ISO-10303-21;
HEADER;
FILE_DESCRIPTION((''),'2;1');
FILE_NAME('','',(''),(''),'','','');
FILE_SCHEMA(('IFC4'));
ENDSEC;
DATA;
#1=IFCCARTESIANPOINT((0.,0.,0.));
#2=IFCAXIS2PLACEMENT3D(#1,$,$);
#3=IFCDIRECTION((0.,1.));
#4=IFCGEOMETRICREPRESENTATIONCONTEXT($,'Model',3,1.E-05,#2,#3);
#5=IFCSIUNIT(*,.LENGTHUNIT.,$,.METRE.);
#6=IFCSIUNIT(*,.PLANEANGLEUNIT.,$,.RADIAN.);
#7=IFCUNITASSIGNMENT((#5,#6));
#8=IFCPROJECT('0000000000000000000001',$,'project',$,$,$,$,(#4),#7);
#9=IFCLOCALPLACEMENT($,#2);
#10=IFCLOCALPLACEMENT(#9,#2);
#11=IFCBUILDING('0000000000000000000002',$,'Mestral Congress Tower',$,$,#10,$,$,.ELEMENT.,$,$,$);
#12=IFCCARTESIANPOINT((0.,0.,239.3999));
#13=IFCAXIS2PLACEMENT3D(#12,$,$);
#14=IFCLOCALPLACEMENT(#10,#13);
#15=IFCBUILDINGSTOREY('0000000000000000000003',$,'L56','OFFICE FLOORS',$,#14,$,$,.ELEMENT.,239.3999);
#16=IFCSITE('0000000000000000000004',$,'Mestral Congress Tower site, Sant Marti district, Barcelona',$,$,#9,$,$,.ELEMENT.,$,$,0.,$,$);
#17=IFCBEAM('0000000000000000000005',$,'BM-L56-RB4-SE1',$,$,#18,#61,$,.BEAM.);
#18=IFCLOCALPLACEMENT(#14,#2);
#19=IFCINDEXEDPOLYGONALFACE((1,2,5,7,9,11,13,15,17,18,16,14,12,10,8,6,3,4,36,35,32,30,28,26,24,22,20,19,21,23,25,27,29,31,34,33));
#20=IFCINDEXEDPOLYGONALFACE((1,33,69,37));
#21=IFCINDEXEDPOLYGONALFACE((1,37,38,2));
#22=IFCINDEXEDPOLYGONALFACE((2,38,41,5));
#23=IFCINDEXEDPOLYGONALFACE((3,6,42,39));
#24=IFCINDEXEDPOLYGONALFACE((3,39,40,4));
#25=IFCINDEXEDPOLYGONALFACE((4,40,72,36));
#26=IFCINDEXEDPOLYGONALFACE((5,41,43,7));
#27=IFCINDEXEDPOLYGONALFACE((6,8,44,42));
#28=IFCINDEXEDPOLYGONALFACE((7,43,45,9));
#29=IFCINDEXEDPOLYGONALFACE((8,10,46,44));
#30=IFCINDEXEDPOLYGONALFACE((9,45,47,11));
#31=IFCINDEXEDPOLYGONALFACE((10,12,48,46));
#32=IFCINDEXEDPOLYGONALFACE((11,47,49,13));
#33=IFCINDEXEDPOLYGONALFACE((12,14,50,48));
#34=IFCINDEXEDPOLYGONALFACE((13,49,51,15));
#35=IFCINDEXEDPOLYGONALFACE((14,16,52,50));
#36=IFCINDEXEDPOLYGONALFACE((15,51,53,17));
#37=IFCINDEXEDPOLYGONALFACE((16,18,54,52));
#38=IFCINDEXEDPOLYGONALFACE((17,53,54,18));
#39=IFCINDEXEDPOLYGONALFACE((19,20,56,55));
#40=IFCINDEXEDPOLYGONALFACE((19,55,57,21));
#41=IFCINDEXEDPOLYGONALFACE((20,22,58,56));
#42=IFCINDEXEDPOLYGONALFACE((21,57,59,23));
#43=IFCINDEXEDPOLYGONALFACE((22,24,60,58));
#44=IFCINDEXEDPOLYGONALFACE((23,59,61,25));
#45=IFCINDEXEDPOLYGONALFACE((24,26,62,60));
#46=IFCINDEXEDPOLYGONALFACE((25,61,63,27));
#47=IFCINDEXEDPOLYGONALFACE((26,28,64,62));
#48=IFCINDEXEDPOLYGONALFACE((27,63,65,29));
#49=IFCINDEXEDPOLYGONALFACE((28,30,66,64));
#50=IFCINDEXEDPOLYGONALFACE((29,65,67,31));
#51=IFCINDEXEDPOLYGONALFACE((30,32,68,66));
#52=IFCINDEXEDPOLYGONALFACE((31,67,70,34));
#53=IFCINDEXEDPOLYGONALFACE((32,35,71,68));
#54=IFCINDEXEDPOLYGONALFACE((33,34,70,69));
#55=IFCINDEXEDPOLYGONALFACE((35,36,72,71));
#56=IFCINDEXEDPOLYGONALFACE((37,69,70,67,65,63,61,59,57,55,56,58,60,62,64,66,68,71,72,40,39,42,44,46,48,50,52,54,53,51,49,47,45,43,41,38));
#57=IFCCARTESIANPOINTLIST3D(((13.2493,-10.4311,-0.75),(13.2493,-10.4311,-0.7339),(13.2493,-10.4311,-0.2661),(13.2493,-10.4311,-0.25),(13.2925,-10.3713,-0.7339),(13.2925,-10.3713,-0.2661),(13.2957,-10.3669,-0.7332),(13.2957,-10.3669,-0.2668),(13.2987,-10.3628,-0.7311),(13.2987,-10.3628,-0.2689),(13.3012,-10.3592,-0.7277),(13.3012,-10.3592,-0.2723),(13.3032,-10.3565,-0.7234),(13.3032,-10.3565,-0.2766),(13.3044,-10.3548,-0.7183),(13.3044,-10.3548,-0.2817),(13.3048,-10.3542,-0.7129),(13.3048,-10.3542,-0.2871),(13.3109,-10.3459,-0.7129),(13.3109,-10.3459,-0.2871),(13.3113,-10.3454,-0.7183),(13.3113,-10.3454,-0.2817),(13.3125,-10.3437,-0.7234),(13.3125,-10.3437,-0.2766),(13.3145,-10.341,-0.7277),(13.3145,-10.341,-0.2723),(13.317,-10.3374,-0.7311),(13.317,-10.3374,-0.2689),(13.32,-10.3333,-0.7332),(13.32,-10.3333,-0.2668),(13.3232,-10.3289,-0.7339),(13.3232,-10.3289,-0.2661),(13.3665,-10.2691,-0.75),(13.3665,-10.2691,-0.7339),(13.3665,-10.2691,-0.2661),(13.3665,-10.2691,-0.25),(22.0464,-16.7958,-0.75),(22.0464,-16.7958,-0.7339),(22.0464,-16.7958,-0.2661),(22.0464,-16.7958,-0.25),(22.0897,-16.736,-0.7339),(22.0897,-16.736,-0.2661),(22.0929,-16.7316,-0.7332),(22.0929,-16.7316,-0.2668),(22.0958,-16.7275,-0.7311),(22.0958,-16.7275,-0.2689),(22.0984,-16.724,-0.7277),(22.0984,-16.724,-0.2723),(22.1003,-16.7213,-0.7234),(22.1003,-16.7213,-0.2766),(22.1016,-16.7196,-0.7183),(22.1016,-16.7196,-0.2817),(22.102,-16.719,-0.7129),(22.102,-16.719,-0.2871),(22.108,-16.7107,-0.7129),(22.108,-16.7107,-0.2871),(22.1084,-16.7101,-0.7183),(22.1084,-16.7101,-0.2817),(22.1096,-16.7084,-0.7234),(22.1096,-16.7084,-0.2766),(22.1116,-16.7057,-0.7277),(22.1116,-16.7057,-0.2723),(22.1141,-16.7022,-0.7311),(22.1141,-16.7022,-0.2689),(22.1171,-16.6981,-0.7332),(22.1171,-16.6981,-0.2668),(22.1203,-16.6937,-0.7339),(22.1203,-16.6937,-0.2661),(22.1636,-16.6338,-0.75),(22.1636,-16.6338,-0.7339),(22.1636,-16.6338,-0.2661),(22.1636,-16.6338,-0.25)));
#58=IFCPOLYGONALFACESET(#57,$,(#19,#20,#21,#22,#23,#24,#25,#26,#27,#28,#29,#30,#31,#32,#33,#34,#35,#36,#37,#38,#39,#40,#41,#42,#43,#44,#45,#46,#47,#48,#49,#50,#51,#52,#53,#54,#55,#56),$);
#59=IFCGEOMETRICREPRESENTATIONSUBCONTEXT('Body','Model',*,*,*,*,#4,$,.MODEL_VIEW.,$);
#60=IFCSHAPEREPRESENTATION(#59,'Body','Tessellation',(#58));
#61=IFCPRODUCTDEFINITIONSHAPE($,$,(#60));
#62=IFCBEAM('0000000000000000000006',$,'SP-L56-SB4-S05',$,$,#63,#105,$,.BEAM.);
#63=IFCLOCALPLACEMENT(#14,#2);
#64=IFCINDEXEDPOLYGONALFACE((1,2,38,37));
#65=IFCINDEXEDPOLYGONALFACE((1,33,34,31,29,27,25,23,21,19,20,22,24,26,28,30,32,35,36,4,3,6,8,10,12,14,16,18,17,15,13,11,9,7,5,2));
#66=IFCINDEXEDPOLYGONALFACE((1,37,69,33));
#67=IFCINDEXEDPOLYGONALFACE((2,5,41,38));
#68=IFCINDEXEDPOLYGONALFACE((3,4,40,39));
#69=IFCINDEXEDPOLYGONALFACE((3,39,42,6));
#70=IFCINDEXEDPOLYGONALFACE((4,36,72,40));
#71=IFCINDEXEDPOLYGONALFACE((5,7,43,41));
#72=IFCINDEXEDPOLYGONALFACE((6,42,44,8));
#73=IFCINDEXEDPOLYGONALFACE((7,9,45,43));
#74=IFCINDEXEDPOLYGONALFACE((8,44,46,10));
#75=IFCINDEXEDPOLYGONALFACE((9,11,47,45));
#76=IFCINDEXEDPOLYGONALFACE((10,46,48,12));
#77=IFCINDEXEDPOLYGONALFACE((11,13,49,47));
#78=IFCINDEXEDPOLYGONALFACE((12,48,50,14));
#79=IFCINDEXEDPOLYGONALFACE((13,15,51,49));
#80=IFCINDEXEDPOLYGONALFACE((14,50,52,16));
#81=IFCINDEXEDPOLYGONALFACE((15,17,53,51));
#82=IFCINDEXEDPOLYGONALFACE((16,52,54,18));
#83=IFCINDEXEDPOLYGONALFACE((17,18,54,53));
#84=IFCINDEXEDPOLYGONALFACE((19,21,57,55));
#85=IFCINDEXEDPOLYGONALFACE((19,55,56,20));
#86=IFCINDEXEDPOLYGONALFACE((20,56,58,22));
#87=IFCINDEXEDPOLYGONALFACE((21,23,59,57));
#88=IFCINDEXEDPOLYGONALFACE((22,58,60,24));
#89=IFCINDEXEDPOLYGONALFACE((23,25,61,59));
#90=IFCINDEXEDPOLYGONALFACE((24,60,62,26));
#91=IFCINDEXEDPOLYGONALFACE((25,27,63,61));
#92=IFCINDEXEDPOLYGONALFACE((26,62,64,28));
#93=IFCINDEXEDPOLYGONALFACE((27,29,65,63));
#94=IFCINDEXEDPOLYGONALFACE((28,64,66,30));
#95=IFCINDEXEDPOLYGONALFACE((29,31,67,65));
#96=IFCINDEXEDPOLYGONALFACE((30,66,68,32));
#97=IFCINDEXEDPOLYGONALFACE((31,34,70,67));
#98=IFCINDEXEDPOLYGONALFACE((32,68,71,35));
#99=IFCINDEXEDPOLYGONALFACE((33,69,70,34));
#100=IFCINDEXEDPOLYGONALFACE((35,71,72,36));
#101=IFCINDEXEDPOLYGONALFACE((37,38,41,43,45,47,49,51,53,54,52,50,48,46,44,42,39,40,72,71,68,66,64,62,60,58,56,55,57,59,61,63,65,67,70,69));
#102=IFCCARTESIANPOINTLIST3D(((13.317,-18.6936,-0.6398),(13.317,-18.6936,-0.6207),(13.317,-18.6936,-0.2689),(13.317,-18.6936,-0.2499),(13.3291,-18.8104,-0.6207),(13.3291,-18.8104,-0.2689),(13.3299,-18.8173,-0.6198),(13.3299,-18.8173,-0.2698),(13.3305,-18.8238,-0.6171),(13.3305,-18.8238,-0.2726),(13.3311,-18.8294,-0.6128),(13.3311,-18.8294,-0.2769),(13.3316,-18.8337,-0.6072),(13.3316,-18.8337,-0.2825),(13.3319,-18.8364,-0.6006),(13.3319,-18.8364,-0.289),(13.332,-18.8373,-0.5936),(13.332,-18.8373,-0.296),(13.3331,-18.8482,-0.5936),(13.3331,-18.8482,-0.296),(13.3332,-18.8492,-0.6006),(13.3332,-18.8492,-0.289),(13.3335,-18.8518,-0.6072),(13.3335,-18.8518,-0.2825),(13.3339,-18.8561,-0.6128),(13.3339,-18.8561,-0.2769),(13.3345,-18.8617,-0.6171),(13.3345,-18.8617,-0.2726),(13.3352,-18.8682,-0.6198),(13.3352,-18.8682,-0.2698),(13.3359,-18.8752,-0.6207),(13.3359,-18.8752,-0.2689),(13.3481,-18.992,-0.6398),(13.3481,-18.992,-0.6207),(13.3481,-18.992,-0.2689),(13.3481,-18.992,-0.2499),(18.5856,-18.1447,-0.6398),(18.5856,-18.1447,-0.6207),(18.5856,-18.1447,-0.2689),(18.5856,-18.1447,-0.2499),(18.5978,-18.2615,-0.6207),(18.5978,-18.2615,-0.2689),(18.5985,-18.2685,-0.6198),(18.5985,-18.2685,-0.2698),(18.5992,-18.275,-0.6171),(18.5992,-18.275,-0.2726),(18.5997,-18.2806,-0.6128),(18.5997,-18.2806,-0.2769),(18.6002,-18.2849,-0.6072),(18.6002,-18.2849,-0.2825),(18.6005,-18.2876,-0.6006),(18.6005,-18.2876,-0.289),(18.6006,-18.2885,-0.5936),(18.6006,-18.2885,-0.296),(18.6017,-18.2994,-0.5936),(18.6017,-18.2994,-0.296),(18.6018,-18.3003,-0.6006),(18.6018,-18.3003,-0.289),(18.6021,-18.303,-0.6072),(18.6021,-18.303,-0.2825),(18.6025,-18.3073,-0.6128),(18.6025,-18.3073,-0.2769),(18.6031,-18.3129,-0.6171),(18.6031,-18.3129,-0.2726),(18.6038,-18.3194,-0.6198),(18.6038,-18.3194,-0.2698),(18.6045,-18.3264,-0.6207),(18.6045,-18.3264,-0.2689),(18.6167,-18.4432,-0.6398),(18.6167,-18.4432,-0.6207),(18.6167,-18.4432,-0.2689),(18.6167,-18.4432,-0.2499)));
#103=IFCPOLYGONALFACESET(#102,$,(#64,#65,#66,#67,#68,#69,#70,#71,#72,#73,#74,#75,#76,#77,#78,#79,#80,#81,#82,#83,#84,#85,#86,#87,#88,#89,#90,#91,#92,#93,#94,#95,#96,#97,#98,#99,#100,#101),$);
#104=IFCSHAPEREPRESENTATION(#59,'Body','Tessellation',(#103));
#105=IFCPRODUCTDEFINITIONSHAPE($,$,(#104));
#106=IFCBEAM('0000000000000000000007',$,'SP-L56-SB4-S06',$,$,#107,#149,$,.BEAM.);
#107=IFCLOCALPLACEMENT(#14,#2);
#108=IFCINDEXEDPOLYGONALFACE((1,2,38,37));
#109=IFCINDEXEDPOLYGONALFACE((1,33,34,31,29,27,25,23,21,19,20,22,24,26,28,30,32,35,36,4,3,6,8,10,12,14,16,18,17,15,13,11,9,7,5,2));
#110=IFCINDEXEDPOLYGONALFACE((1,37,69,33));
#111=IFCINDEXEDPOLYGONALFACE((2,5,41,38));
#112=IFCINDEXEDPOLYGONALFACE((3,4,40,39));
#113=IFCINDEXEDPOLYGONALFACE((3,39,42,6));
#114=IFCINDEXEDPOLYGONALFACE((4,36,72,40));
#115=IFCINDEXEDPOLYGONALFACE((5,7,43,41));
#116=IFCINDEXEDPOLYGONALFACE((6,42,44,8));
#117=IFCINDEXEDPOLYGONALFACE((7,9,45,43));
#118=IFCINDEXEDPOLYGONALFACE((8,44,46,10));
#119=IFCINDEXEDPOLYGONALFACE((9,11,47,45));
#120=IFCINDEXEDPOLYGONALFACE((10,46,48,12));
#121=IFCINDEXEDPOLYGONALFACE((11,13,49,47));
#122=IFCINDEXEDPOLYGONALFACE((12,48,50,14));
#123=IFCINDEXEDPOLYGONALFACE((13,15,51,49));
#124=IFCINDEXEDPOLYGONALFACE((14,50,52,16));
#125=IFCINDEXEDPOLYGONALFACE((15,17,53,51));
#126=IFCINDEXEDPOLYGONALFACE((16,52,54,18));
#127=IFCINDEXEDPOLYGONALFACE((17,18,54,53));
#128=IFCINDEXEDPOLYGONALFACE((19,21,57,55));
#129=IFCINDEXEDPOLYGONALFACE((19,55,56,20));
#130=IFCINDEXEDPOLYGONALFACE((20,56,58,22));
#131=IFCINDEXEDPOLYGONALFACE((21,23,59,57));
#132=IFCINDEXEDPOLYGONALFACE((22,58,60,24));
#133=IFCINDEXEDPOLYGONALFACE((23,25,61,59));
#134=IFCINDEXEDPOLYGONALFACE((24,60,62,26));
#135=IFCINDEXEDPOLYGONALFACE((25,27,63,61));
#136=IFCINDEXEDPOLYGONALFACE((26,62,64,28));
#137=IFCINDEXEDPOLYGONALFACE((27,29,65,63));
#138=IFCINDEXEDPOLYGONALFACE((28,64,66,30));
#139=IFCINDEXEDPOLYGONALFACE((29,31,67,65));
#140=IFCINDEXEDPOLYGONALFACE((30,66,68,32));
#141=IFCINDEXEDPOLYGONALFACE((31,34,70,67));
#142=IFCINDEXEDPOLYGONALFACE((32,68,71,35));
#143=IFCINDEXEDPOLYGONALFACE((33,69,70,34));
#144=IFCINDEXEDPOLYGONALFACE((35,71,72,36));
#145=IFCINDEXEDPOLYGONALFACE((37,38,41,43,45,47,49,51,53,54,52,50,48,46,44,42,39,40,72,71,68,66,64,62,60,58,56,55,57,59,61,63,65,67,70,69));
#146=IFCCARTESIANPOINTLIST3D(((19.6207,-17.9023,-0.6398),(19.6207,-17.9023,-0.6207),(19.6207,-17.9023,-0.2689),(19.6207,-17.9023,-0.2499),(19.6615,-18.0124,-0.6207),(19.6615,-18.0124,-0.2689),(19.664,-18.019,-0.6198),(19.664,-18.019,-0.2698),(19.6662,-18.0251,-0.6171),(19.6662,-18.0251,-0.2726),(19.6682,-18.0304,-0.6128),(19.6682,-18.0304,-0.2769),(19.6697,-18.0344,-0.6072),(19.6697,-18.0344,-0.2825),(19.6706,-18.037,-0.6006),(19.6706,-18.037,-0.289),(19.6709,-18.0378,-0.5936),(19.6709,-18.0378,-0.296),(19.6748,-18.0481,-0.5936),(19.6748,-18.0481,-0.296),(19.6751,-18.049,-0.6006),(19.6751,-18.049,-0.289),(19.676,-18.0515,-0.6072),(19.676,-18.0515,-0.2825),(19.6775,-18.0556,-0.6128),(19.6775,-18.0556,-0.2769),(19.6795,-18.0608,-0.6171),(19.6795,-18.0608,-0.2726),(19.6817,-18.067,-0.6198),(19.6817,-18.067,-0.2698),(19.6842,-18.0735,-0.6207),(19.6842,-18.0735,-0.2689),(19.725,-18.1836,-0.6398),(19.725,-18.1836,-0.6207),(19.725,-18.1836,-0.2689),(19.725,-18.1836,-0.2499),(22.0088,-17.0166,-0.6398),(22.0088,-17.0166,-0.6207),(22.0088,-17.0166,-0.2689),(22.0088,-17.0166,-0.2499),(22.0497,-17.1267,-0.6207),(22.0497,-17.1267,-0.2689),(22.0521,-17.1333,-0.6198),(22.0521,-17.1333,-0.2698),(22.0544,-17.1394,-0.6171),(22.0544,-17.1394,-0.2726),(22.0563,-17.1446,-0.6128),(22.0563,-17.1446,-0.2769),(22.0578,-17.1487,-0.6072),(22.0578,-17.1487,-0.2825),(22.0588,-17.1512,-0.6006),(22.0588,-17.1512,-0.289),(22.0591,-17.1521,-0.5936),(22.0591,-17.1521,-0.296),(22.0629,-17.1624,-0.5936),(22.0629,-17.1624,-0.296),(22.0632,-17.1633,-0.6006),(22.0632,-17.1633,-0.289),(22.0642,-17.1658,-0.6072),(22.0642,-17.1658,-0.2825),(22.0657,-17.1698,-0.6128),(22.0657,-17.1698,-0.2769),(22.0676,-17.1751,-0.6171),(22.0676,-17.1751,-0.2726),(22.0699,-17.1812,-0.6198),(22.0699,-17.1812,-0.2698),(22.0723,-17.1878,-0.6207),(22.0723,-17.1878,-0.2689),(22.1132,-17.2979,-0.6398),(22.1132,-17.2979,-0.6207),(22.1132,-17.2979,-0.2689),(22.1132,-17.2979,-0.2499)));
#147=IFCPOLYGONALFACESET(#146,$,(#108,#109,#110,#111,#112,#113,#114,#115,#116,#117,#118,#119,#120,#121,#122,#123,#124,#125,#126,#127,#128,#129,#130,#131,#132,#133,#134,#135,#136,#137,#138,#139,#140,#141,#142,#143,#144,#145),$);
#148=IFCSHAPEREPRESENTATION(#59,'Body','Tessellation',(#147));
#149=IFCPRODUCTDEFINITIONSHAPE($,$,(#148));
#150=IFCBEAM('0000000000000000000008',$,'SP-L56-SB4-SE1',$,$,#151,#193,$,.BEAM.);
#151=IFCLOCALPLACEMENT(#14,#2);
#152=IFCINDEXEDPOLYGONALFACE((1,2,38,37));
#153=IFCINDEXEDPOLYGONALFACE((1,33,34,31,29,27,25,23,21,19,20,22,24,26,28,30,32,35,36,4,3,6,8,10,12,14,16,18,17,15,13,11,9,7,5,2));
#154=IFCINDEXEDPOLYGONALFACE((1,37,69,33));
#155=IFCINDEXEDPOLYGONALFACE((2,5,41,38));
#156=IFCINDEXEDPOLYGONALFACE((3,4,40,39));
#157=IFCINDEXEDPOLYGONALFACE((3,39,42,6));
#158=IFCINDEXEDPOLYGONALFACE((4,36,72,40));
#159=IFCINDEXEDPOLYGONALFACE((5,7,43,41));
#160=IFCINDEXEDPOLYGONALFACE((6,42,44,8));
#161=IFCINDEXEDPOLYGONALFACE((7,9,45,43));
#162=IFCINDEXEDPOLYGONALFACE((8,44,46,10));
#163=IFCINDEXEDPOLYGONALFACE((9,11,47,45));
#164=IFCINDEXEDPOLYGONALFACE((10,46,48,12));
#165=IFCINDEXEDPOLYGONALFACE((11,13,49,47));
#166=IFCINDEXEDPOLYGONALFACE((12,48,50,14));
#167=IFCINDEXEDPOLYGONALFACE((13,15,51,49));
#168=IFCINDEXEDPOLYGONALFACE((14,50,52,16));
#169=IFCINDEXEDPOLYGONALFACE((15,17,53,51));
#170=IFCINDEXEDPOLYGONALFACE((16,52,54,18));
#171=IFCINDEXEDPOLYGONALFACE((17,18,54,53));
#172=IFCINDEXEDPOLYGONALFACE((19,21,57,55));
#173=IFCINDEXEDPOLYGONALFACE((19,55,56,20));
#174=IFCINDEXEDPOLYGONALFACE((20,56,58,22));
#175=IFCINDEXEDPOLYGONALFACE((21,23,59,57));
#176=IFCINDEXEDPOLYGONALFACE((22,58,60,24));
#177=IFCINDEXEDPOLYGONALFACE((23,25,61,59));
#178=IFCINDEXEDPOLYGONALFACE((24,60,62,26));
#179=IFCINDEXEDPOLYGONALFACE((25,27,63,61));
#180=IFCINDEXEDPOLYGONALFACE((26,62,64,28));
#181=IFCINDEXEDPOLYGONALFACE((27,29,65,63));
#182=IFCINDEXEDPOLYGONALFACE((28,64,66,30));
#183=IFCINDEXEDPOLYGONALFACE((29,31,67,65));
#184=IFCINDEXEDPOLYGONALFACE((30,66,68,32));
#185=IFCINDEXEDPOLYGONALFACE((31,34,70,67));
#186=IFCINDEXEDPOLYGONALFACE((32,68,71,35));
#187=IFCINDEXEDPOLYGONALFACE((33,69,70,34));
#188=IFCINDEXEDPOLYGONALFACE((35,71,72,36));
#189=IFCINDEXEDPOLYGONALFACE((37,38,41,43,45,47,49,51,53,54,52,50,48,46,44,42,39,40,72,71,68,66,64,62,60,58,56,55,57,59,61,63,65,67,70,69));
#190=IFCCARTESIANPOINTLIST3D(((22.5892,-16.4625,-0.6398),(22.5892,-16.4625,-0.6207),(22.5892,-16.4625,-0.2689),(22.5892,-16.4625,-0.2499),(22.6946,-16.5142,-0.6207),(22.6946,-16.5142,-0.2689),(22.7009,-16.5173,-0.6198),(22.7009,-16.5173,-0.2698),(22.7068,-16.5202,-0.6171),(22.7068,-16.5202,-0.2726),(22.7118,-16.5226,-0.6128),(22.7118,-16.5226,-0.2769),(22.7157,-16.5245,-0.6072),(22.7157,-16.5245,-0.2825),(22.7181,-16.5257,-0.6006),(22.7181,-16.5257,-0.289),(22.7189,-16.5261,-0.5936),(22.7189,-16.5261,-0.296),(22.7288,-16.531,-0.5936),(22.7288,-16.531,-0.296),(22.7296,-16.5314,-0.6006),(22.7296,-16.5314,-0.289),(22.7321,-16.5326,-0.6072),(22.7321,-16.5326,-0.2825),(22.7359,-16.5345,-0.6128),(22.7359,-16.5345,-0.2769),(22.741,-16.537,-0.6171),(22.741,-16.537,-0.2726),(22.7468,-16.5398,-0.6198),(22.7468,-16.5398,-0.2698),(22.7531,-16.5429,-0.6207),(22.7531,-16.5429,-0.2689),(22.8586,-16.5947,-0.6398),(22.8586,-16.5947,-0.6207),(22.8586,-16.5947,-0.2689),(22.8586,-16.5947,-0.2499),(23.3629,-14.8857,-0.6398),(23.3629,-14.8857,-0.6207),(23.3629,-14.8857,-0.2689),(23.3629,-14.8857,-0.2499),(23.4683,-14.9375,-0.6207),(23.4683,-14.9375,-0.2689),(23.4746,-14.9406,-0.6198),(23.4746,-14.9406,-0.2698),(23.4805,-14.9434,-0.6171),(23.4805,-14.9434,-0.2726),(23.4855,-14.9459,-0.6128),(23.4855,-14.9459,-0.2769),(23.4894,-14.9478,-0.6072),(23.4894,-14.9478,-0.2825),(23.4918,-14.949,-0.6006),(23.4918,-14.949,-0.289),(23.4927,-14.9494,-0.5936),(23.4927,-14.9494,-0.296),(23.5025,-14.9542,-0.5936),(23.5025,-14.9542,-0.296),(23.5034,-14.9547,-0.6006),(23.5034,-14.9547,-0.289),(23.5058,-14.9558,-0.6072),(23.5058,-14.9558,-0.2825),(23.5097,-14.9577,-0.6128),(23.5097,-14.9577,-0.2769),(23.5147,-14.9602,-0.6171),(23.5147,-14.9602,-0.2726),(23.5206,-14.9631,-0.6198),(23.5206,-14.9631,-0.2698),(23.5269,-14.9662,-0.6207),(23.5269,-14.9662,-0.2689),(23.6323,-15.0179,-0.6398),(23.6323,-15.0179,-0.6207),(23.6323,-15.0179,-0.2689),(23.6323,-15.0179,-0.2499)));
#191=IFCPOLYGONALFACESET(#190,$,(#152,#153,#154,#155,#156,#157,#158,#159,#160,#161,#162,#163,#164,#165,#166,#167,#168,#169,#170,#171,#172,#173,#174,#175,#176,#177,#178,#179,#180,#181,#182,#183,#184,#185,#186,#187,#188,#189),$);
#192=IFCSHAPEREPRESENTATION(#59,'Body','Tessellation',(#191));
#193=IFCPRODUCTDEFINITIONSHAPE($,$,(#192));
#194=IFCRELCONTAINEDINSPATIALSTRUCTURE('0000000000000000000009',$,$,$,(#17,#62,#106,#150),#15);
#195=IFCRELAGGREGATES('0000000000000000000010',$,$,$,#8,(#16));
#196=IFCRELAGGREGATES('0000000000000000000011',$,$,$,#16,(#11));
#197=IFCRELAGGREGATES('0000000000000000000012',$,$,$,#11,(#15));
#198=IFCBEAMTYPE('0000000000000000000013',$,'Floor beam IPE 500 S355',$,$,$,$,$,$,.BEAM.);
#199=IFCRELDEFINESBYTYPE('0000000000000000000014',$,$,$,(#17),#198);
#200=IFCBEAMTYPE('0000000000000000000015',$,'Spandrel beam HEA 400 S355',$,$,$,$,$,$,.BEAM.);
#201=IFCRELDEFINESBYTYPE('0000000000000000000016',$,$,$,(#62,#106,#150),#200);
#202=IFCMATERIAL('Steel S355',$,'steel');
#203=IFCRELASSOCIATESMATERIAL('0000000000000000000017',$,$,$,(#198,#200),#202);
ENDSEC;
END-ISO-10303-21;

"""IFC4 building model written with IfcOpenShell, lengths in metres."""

from ifc_helpers import new_model, si_unit, direction, frame, origin, origin_2d, place, context, subcontext, project, spatial, i_section, extrude, material, material_profile, profile_set, type_object, element, save


model = new_model("IFC4")

# Units and contexts
model_context = context("Model", 3, precision=1e-05, world=origin(), true_north=direction((0.0, 1.0)))
body_context = subcontext(model_context, "Body", "Model", "MODEL_VIEW")
ifc_project = project(units=[si_unit("LENGTHUNIT", "METRE"), si_unit("PLANEANGLEUNIT", "RADIAN")], contexts=[model_context])

# Site, building, storey
site_placement = place(None, origin())
site = spatial("IfcSite", under=ifc_project, at=site_placement, Name="Mestral Congress Tower site, Sant Marti district, Barcelona", CompositionType="ELEMENT", RefElevation=0.0)
building_placement = place(site_placement, origin())
building = spatial("IfcBuilding", under=site, at=building_placement, Name="Mestral Congress Tower", CompositionType="ELEMENT")
storey_placement = place(building_placement, frame((0.0, 0.0, 239.3999)))
storey = spatial("IfcBuildingStorey", under=building, at=storey_placement, Name="L56", Description="OFFICE FLOORS", CompositionType="ELEMENT", Elevation=239.3999)

# Beams
ifc_material_1 = material(Name="Steel S355", Category="steel")
ifc_material_profile_1 = material_profile(ifc_material_1, i_section(OverallWidth=0.2, OverallDepth=0.5, WebThickness=0.0103, FlangeThickness=0.0161, FilletRadius=0.021, at=origin_2d()), Name="IPE 500")
ifc_profile_set_1 = profile_set([ifc_material_profile_1], Name="Steel S355")
beam_type_1 = type_object("IfcBeamType", Name="Floor beam IPE 500 S355", PredefinedType="BEAM", material=ifc_profile_set_1)
beam_1_placement = place(storey_placement, frame((22.105, -16.7148, -0.5), z_axis=(-0.810186, 0.586173, 0.0), x_axis=(-0.586173, -0.810186, 0.0)))
element("IfcBeam", 1, at=beam_1_placement, inside=storey, type_object=beam_type_1, Name="BM-L56-RB4-SE1", PredefinedType="BEAM", context=body_context, shape_type="SweptSolid", body=[
    extrude(i_section(OverallWidth=0.2, OverallDepth=0.5, WebThickness=0.0103, FlangeThickness=0.0161, FilletRadius=0.021, at=origin_2d()), origin(), (0.0, 0.0, 1.0), 10.8582),
])
ifc_material_profile_2 = material_profile(ifc_material_1, i_section(OverallWidth=0.3, OverallDepth=0.3899, WebThickness=0.011, FlangeThickness=0.019, FilletRadius=0.0271, at=origin_2d()), Name="HEA 400")
ifc_profile_set_2 = profile_set([ifc_material_profile_2], Name="Steel S355")
beam_type_2 = type_object("IfcBeamType", Name="Spandrel beam HEA 400 S355", PredefinedType="BEAM", material=ifc_profile_set_2)
beam_2_placement = place(storey_placement, frame((13.3325, -18.8428, -0.4448), z_axis=(0.994618, 0.10361, 0.0), x_axis=(-0.10361, 0.994618, 0.0)))
element("IfcBeam", 2, at=beam_2_placement, inside=storey, type_object=beam_type_2, Name="SP-L56-SB4-S05", PredefinedType="BEAM", context=body_context, shape_type="SweptSolid", body=[
    extrude(i_section(OverallWidth=0.3, OverallDepth=0.3899, WebThickness=0.011, FlangeThickness=0.019, FilletRadius=0.0271, at=origin_2d()), origin(), (0.0, 0.0, 1.0), 5.2971),
])
beam_3_placement = place(storey_placement, frame((19.6729, -18.043, -0.4448), z_axis=(0.937591, 0.347739, 0.0), x_axis=(-0.347739, 0.937591, 0.0)))
element("IfcBeam", 3, at=beam_3_placement, inside=storey, type_object=beam_type_2, Name="SP-L56-SB4-S06", PredefinedType="BEAM", context=body_context, shape_type="SweptSolid", body=[
    extrude(i_section(OverallWidth=0.3, OverallDepth=0.3899, WebThickness=0.011, FlangeThickness=0.019, FilletRadius=0.0271, at=origin_2d()), origin(), (0.0, 0.0, 1.0), 2.5471),
])
for number, where, z_axis, x_axis, name in (
    (4, (22.7239, -16.5286, -0.4448), (0.440529, 0.897739, 0.0), (-0.897739, 0.440529, 0.0), "SP-L56-SB4-SE1"),
):
    element("IfcBeam", number, at=place(storey_placement, frame(where, z_axis=z_axis, x_axis=x_axis)), inside=storey, type_object=beam_type_2, Name=name, PredefinedType="BEAM", context=body_context, shape_type="SweptSolid", body=[
        extrude(i_section(OverallWidth=0.3, OverallDepth=0.3899, WebThickness=0.011, FlangeThickness=0.019, FilletRadius=0.0271, at=origin_2d()), origin(), (0.0, 0.0, 1.0), 1.7563),
    ])

save(model, "model.ifc")
